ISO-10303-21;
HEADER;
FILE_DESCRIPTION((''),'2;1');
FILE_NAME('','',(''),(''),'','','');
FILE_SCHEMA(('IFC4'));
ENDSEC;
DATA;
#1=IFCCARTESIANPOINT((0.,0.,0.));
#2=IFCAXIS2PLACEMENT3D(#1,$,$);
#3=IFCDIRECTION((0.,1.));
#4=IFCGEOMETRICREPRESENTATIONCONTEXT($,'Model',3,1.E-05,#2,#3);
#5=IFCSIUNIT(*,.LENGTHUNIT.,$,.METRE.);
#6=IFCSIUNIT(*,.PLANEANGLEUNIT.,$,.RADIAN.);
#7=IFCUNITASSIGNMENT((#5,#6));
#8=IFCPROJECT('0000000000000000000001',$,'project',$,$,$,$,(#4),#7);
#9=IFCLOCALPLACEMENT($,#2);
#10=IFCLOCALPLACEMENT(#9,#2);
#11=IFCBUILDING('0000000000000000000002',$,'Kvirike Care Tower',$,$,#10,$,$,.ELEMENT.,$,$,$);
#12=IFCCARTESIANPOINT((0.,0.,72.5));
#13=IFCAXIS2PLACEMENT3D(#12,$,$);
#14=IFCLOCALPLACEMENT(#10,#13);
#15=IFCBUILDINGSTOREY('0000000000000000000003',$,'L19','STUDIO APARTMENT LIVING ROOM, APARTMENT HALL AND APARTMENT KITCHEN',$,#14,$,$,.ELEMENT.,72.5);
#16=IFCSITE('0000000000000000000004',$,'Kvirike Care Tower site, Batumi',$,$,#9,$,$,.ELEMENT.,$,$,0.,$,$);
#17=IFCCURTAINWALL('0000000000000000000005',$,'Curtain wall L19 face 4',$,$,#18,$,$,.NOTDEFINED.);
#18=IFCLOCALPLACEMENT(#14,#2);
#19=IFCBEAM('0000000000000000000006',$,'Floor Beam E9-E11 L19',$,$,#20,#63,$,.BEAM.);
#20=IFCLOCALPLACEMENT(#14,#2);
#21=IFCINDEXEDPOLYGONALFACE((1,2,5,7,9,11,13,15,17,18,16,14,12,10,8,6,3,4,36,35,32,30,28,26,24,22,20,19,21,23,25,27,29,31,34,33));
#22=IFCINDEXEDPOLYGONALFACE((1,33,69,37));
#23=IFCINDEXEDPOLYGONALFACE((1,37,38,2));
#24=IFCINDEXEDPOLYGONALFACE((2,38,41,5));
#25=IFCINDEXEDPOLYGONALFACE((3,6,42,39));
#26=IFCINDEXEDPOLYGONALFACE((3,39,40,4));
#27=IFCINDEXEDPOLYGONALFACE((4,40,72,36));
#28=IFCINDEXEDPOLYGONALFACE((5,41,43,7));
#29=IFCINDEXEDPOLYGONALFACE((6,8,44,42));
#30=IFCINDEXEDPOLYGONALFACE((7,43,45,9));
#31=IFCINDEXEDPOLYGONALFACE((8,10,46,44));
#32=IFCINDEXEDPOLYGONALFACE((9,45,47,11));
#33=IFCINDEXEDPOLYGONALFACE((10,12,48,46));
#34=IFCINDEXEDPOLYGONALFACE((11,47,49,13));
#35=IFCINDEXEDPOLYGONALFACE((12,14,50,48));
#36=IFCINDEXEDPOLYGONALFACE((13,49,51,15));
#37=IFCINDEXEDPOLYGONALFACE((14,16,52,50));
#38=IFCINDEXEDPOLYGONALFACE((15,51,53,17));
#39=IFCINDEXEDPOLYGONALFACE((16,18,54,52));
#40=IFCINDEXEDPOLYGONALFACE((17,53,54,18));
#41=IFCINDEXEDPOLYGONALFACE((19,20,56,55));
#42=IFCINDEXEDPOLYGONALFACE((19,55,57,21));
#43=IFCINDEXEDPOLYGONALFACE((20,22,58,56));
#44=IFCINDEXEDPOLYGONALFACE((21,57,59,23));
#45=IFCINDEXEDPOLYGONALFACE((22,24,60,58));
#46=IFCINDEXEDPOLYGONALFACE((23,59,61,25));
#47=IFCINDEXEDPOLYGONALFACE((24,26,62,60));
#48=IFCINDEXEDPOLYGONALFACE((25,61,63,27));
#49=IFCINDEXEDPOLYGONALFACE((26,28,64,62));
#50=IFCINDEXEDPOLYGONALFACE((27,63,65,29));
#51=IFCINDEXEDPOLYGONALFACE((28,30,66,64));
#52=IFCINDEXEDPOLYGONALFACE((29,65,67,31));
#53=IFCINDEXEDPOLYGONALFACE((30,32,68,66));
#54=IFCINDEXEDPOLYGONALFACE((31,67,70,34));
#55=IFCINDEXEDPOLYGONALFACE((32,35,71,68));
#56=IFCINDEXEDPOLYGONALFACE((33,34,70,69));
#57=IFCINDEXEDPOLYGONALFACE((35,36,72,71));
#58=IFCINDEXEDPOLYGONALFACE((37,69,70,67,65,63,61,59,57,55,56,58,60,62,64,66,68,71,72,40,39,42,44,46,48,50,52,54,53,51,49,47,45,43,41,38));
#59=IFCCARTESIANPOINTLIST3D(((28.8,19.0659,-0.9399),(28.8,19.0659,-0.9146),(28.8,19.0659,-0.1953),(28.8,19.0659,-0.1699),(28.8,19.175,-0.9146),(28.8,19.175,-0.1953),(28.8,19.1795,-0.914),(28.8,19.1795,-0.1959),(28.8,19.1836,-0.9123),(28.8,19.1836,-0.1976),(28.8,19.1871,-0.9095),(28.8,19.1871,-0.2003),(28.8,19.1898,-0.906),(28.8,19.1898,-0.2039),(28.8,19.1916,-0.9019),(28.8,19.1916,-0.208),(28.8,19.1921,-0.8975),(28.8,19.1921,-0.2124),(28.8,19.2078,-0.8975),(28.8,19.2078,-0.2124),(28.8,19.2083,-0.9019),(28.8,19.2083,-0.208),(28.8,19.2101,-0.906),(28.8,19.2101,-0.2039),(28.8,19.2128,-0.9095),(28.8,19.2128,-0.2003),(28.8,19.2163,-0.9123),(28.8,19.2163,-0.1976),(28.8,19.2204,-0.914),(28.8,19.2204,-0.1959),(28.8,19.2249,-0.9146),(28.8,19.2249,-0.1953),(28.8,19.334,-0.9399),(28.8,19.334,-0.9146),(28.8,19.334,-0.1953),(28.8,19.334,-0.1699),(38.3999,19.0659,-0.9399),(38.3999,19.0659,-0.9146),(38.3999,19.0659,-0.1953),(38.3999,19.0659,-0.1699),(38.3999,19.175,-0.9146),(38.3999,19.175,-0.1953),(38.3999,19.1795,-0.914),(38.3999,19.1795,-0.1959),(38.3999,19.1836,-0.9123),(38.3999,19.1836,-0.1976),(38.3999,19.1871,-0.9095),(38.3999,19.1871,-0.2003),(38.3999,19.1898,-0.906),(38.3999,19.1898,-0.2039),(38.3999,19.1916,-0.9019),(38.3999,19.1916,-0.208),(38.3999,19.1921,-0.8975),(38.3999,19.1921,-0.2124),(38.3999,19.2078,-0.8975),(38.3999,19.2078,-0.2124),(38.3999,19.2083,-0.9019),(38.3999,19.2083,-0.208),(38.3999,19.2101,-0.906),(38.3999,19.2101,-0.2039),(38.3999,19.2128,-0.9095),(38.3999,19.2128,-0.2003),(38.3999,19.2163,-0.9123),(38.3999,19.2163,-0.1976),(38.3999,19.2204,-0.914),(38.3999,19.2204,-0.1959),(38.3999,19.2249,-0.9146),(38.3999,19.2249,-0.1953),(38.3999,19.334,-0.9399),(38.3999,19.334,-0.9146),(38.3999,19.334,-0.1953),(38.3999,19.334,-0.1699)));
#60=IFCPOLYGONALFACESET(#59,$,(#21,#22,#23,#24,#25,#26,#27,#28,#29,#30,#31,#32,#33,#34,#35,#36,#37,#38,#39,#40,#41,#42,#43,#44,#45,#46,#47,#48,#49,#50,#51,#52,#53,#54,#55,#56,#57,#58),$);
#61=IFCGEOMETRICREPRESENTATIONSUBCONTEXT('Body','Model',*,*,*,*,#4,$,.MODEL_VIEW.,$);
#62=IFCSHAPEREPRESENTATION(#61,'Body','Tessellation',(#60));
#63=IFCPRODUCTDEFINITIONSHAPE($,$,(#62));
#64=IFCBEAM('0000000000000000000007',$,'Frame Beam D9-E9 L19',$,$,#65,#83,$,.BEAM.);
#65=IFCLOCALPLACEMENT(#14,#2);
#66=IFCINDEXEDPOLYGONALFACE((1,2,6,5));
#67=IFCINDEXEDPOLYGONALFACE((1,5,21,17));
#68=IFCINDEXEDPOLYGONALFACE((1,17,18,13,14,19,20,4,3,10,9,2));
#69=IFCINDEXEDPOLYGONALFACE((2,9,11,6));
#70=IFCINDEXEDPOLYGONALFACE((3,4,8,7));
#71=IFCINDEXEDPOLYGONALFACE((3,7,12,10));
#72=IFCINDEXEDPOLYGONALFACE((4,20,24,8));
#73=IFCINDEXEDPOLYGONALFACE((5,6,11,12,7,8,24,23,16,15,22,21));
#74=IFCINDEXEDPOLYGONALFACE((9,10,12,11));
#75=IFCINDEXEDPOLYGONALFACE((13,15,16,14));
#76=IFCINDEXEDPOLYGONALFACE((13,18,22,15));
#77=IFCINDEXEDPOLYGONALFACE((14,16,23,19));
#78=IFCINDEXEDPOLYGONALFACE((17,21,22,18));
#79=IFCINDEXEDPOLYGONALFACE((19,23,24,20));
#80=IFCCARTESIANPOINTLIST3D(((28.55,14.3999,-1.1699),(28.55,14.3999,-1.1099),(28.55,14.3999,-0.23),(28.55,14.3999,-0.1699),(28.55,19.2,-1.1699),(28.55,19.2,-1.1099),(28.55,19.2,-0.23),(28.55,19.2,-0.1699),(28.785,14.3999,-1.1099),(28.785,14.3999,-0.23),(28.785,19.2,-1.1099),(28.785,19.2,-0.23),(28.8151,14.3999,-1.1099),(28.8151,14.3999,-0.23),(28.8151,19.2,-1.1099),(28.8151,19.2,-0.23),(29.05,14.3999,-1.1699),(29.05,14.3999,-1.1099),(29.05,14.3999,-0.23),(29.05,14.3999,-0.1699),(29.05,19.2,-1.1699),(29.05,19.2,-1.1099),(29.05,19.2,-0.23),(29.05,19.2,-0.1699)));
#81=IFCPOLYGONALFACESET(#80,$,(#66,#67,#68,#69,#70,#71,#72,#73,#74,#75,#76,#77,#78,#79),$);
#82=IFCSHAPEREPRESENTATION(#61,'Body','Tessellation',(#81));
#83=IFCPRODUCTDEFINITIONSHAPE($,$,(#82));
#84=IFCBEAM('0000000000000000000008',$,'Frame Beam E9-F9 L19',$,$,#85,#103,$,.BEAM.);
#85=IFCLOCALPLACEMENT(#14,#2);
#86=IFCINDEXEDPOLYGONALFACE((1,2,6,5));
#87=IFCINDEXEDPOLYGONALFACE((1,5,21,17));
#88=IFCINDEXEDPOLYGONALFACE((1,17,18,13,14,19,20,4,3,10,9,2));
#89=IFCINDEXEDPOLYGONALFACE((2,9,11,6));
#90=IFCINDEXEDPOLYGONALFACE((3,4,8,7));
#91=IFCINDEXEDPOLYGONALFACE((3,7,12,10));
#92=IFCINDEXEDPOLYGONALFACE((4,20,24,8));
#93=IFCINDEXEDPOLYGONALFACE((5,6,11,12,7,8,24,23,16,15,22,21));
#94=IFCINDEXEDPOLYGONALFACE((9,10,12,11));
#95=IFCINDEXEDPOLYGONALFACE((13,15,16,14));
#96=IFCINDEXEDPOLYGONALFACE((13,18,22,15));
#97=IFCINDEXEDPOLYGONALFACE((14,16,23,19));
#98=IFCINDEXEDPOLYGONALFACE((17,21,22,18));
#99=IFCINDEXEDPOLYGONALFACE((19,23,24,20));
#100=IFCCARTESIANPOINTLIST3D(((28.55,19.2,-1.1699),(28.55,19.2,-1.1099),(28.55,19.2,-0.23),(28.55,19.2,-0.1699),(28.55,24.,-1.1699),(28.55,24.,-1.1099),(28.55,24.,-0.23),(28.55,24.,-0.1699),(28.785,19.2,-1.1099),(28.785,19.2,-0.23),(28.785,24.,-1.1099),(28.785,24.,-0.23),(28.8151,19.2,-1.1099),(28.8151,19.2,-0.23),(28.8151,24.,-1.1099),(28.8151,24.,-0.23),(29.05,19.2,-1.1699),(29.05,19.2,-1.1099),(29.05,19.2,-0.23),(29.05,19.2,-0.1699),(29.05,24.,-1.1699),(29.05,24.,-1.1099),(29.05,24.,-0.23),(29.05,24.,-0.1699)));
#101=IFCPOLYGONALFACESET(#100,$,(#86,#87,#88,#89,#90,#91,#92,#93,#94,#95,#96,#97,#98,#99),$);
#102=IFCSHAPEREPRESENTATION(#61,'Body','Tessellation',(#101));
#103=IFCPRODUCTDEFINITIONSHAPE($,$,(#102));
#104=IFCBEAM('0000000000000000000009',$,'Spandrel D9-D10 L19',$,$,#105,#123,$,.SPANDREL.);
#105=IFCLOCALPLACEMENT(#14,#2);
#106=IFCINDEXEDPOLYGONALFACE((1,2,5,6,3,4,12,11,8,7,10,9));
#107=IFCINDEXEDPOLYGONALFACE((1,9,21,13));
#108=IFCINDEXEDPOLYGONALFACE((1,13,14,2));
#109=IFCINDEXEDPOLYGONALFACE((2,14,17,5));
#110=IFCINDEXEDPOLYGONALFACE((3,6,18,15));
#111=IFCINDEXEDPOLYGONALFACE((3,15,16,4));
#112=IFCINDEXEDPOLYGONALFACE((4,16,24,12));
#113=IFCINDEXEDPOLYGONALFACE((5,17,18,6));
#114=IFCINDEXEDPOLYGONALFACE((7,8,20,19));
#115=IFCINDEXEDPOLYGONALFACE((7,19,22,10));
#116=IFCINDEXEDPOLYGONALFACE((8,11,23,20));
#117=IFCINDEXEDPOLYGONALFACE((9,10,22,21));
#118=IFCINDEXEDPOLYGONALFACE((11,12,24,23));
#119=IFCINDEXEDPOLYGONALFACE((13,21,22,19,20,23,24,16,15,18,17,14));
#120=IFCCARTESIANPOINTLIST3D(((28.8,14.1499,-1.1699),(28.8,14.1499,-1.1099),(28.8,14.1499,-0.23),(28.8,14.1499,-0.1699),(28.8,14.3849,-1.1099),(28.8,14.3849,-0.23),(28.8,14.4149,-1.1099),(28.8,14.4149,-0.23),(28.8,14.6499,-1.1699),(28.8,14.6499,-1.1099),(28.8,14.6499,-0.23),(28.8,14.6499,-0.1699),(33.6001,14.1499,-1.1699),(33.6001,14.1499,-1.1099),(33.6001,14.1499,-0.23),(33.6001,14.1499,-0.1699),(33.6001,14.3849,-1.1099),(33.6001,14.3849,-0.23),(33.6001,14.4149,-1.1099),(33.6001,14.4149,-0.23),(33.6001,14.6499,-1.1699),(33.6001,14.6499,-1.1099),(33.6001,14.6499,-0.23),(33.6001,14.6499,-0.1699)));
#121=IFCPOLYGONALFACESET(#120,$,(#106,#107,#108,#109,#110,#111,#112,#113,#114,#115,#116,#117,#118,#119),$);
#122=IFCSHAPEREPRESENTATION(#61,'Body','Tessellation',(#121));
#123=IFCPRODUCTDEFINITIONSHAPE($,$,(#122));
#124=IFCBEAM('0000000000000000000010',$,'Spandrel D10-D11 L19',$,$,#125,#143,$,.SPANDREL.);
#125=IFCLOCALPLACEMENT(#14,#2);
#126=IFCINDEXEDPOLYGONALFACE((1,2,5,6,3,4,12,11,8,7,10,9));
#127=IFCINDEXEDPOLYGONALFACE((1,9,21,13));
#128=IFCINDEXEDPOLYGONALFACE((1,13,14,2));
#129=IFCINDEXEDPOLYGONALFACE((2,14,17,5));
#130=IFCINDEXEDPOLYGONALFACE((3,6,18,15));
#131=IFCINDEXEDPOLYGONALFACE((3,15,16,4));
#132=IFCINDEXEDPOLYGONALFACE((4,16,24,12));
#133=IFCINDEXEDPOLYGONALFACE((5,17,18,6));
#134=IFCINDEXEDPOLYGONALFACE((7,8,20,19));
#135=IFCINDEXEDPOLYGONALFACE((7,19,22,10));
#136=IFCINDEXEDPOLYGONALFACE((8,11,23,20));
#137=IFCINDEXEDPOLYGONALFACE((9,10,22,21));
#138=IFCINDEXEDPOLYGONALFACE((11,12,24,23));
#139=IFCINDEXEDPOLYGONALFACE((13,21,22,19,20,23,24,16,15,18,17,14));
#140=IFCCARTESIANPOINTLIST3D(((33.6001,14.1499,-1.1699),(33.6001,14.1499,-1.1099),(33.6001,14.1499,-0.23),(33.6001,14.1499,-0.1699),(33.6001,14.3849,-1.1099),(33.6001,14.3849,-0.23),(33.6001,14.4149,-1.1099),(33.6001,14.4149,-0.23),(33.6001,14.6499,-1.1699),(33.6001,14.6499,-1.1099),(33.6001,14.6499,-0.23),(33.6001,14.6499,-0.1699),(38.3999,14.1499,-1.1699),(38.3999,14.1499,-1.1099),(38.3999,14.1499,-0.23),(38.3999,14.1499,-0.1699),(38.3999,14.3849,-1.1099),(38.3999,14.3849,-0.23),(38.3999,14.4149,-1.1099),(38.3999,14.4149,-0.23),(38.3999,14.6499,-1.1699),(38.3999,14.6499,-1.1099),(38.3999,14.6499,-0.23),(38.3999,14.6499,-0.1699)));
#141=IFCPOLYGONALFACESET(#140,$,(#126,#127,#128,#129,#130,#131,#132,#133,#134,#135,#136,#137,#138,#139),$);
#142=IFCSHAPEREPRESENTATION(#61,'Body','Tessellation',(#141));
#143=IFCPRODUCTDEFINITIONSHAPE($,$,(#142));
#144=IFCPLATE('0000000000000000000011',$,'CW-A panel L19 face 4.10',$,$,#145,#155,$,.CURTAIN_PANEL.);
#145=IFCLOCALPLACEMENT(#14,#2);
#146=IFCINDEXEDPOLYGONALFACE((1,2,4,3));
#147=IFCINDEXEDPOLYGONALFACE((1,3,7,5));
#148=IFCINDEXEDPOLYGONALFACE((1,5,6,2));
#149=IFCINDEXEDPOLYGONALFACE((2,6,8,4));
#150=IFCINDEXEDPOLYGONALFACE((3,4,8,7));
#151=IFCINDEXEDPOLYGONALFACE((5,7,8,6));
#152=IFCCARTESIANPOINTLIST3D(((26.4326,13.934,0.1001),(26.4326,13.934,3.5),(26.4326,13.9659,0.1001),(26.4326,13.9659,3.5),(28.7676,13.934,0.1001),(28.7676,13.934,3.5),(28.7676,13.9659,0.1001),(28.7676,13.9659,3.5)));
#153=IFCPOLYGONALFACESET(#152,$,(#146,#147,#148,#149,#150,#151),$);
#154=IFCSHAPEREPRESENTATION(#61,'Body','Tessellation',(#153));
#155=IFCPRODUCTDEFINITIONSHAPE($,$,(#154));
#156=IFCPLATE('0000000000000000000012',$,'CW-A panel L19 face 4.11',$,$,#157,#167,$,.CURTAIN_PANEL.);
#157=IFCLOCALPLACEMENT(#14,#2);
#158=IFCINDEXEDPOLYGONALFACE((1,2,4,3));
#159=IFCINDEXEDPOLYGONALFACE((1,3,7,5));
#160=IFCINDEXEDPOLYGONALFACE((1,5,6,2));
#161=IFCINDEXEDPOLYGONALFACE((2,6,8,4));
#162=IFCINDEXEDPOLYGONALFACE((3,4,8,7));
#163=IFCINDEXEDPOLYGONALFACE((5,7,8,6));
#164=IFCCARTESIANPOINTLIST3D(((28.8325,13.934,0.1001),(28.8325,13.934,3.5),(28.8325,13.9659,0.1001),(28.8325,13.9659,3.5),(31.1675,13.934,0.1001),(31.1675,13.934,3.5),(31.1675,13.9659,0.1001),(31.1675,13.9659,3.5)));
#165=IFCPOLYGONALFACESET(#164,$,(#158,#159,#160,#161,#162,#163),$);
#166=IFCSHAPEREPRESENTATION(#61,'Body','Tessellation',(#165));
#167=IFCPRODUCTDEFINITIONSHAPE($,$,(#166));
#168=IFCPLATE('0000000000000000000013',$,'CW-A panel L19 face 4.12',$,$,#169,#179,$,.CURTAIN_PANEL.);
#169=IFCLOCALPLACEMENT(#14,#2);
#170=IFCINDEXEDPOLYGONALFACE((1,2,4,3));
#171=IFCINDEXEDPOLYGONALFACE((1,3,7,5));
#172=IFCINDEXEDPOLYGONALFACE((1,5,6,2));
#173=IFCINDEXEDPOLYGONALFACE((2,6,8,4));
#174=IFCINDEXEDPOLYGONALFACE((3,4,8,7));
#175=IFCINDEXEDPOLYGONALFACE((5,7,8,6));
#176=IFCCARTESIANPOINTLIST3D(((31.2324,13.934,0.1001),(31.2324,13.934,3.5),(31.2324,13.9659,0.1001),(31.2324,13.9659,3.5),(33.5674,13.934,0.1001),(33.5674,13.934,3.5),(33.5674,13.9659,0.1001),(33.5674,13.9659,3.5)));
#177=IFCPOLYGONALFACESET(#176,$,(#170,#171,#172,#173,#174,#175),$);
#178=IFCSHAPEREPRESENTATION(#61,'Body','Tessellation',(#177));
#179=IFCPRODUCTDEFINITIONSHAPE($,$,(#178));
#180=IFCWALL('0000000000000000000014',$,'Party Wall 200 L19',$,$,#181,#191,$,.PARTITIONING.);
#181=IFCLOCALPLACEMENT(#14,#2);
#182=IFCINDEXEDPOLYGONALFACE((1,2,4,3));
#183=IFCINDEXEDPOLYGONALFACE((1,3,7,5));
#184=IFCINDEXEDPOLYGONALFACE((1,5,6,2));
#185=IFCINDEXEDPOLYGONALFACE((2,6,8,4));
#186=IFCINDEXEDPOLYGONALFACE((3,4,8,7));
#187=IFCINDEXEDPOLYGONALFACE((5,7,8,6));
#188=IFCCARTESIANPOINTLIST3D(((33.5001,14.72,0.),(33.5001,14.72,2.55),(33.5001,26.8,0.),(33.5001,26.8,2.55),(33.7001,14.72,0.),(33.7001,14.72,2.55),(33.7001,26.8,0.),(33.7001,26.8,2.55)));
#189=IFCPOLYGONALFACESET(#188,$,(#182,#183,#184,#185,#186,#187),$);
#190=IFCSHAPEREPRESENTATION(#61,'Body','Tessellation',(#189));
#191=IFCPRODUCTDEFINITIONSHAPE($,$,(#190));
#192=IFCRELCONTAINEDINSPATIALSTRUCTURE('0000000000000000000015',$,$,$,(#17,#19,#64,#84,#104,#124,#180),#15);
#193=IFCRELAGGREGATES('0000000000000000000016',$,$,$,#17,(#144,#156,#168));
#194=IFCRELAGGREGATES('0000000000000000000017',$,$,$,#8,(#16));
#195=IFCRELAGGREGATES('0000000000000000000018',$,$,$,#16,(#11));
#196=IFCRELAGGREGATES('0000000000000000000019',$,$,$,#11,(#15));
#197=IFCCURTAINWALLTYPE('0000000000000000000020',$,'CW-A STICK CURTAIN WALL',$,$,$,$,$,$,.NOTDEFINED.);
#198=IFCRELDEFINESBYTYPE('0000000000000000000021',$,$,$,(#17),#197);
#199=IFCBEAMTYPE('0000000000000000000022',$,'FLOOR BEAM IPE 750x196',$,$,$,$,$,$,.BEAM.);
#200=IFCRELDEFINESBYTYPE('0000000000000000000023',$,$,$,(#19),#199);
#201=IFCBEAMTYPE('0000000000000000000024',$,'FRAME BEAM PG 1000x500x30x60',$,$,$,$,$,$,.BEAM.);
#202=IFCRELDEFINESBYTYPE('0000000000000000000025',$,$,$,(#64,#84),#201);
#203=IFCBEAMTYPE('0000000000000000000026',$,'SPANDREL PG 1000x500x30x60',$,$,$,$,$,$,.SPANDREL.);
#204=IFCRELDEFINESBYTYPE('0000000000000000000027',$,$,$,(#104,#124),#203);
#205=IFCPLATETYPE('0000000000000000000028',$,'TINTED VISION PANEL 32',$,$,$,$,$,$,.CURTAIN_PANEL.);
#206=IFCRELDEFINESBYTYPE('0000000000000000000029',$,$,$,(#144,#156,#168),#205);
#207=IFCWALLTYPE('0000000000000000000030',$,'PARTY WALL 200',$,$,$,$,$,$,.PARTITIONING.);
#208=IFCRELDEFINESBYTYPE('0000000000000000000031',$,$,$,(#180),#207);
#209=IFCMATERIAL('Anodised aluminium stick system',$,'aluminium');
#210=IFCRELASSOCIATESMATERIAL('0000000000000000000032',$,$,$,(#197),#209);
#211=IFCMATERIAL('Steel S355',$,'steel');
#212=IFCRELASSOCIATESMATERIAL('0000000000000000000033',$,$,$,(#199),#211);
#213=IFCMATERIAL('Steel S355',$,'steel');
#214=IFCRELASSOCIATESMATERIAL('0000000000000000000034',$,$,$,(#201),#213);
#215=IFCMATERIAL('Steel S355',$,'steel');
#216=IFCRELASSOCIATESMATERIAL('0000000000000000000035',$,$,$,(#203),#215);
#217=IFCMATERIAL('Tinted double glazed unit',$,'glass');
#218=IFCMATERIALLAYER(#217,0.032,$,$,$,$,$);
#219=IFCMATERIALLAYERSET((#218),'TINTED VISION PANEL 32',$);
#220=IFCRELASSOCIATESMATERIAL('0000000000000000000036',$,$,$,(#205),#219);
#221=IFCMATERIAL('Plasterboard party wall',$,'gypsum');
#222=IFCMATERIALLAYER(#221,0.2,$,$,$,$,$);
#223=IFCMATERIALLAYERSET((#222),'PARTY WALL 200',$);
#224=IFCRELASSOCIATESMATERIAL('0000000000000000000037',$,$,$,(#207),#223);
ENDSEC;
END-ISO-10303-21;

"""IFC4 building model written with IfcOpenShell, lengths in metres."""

from ifc_helpers import new_model, si_unit, direction, frame, frame_2d, origin, origin_2d, place, context, subcontext, project, spatial, rectangle, i_section, extrude, material, layer, layer_set, material_profile, profile_set, type_object, element, aggregate, save


model = new_model("IFC4")

# Units and contexts
model_context = context("Model", 3, precision=1e-05, world=origin(), true_north=direction((0.0, 1.0)))
body_context = subcontext(model_context, "Body", "Model", "MODEL_VIEW")
ifc_project = project(units=[si_unit("LENGTHUNIT", "METRE"), si_unit("PLANEANGLEUNIT", "RADIAN")], contexts=[model_context])

# Site, building, storey
site_placement = place(None, origin())
site = spatial("IfcSite", under=ifc_project, at=site_placement, Name="Kvirike Care Tower site, Batumi", CompositionType="ELEMENT", RefElevation=0.0)
building_placement = place(site_placement, origin())
building = spatial("IfcBuilding", under=site, at=building_placement, Name="Kvirike Care Tower", CompositionType="ELEMENT")
storey_placement = place(building_placement, frame((0.0, 0.0, 72.5)))
storey = spatial("IfcBuildingStorey", under=building, at=storey_placement, Name="L19", Description="STUDIO APARTMENT LIVING ROOM, APARTMENT HALL AND APARTMENT KITCHEN", CompositionType="ELEMENT", Elevation=72.5)

# Curtain wall
ifc_material_1 = material(Name="Anodised aluminium stick system", Category="aluminium")
curtain_wall_type = type_object("IfcCurtainWallType", Name="CW-A STICK CURTAIN WALL", PredefinedType="NOTDEFINED", material=ifc_material_1)
curtain_wall_placement = place(storey_placement, origin())
curtain_wall = element("IfcCurtainWall", 1, at=curtain_wall_placement, inside=storey, type_object=curtain_wall_type, Name="Curtain wall L19 face 4", PredefinedType="NOTDEFINED")

# Beams
ifc_material_2 = material(Name="Steel S355", Category="steel")
ifc_material_profile_1 = material_profile(ifc_material_2, i_section(OverallWidth=0.2681, OverallDepth=0.77, WebThickness=0.0156, FlangeThickness=0.0254, FilletRadius=0.0171, at=origin_2d()), Name="IPE 750x196")
ifc_profile_set_1 = profile_set([ifc_material_profile_1], Name="Steel S355")
beam_type_1 = type_object("IfcBeamType", Name="FLOOR BEAM IPE 750x196", PredefinedType="BEAM", material=ifc_profile_set_1)
beam_1_placement = place(storey_placement, frame((28.8, 19.2, -0.5549), z_axis=(1.0, 0.0, 0.0), x_axis=(0.0, 1.0, 0.0)))
element("IfcBeam", 2, at=beam_1_placement, inside=storey, type_object=beam_type_1, Name="Floor Beam E9-E11 L19", PredefinedType="BEAM", context=body_context, shape_type="SweptSolid", body=[
    extrude(i_section(OverallWidth=0.2681, OverallDepth=0.77, WebThickness=0.0156, FlangeThickness=0.0254, FilletRadius=0.0171, at=origin_2d()), origin(), (0.0, 0.0, 1.0), 9.5999),
])
ifc_material_3 = material(Name="Steel S355", Category="steel")
ifc_material_profile_2 = material_profile(ifc_material_3, i_section(OverallWidth=0.5, OverallDepth=1.0, WebThickness=0.03, FlangeThickness=0.0601, at=origin_2d()), Name="PG 1000x500x30x60")
ifc_profile_set_2 = profile_set([ifc_material_profile_2], Name="Steel S355")
beam_type_2 = type_object("IfcBeamType", Name="FRAME BEAM PG 1000x500x30x60", PredefinedType="BEAM", material=ifc_profile_set_2)
for number, where, z_axis, x_axis, name in (
    (3, (28.8, 14.3999, -0.6699), (0.0, 1.0, 0.0), (-1.0, 0.0, 0.0), "Frame Beam D9-E9 L19"),
    (4, (28.8, 19.2, -0.6699), (0.0, 1.0, 0.0), (-1.0, 0.0, 0.0), "Frame Beam E9-F9 L19"),
):
    element("IfcBeam", number, at=place(storey_placement, frame(where, z_axis=z_axis, x_axis=x_axis)), inside=storey, type_object=beam_type_2, Name=name, PredefinedType="BEAM", context=body_context, shape_type="SweptSolid", body=[
        extrude(i_section(OverallWidth=0.5, OverallDepth=1.0, WebThickness=0.03, FlangeThickness=0.0601, at=origin_2d()), origin(), (0.0, 0.0, 1.0), 4.8),
    ])
ifc_material_4 = material(Name="Steel S355", Category="steel")
ifc_material_profile_3 = material_profile(ifc_material_4, i_section(OverallWidth=0.5, OverallDepth=1.0, WebThickness=0.03, FlangeThickness=0.0601, at=origin_2d()), Name="PG 1000x500x30x60")
ifc_profile_set_3 = profile_set([ifc_material_profile_3], Name="Steel S355")
beam_type_3 = type_object("IfcBeamType", Name="SPANDREL PG 1000x500x30x60", PredefinedType="SPANDREL", material=ifc_profile_set_3)
beam_2_placement = place(storey_placement, frame((28.8, 14.3999, -0.6699), z_axis=(1.0, 0.0, 0.0), x_axis=(0.0, 1.0, 0.0)))
element("IfcBeam", 5, at=beam_2_placement, inside=storey, type_object=beam_type_3, Name="Spandrel D9-D10 L19", PredefinedType="SPANDREL", context=body_context, shape_type="SweptSolid", body=[
    extrude(i_section(OverallWidth=0.5, OverallDepth=1.0, WebThickness=0.03, FlangeThickness=0.0601, at=origin_2d()), origin(), (0.0, 0.0, 1.0), 4.8),
])
beam_3_placement = place(storey_placement, frame((33.6001, 14.3999, -0.6699), z_axis=(1.0, 0.0, 0.0), x_axis=(0.0, 1.0, 0.0)))
element("IfcBeam", 6, at=beam_3_placement, inside=storey, type_object=beam_type_3, Name="Spandrel D10-D11 L19", PredefinedType="SPANDREL", context=body_context, shape_type="SweptSolid", body=[
    extrude(i_section(OverallWidth=0.5, OverallDepth=1.0, WebThickness=0.03, FlangeThickness=0.0601, at=origin_2d()), origin(), (0.0, 0.0, 1.0), 4.7998),
])

# Plates
ifc_material_5 = material(Name="Tinted double glazed unit", Category="glass")
ifc_layer_1 = layer(ifc_material_5, 0.032)
ifc_layer_set_1 = layer_set([ifc_layer_1], Name="TINTED VISION PANEL 32")
plate_type = type_object("IfcPlateType", Name="TINTED VISION PANEL 32", PredefinedType="CURTAIN_PANEL", material=ifc_layer_set_1)
plate_1_placement = place(storey_placement, frame((27.6001, 13.95, 0.1001), z_axis=(0.0, 0.0, 1.0), x_axis=(1.0, 0.0, 0.0)))
plate_1 = element("IfcPlate", 7, at=plate_1_placement, type_object=plate_type, Name="CW-A panel L19 face 4.10", PredefinedType="CURTAIN_PANEL", context=body_context, shape_type="SweptSolid", body=[
    extrude(rectangle(XDim=2.335, YDim=0.032, at=origin_2d()), origin(), (0.0, 0.0, 1.0), 3.3999),
])
plate_2_placement = place(storey_placement, frame((30.0, 13.95, 0.1001), z_axis=(0.0, 0.0, 1.0), x_axis=(1.0, 0.0, 0.0)))
plate_2 = element("IfcPlate", 8, at=plate_2_placement, type_object=plate_type, Name="CW-A panel L19 face 4.11", PredefinedType="CURTAIN_PANEL", context=body_context, shape_type="SweptSolid", body=[
    extrude(rectangle(XDim=2.335, YDim=0.032, at=origin_2d()), origin(), (0.0, 0.0, 1.0), 3.3999),
])
plate_3_placement = place(storey_placement, frame((32.3999, 13.95, 0.1001), z_axis=(0.0, 0.0, 1.0), x_axis=(1.0, 0.0, 0.0)))
plate_3 = element("IfcPlate", 9, at=plate_3_placement, type_object=plate_type, Name="CW-A panel L19 face 4.12", PredefinedType="CURTAIN_PANEL", context=body_context, shape_type="SweptSolid", body=[
    extrude(rectangle(XDim=2.335, YDim=0.032, at=origin_2d()), origin(), (0.0, 0.0, 1.0), 3.3999),
])
aggregate(curtain_wall, [plate_1, plate_2, plate_3])

# Wall
ifc_material_6 = material(Name="Plasterboard party wall", Category="gypsum")
ifc_layer_2 = layer(ifc_material_6, 0.2)
ifc_layer_set_2 = layer_set([ifc_layer_2], Name="PARTY WALL 200")
wall_type = type_object("IfcWallType", Name="PARTY WALL 200", PredefinedType="PARTITIONING", material=ifc_layer_set_2)
wall_1_placement = place(storey_placement, frame((33.6001, 14.72, 0.0), z_axis=(0.0, 0.0, 1.0), x_axis=(0.0, 1.0, 0.0)))
element("IfcWall", 10, at=wall_1_placement, inside=storey, type_object=wall_type, Name="Party Wall 200 L19", PredefinedType="PARTITIONING", context=body_context, shape_type="SweptSolid", body=[
    extrude(rectangle(XDim=12.0801, YDim=0.2, at=frame_2d((6.04, 0.0))), origin(), (0.0, 0.0, 1.0), 2.55),
])

save(model, "model.ifc")
